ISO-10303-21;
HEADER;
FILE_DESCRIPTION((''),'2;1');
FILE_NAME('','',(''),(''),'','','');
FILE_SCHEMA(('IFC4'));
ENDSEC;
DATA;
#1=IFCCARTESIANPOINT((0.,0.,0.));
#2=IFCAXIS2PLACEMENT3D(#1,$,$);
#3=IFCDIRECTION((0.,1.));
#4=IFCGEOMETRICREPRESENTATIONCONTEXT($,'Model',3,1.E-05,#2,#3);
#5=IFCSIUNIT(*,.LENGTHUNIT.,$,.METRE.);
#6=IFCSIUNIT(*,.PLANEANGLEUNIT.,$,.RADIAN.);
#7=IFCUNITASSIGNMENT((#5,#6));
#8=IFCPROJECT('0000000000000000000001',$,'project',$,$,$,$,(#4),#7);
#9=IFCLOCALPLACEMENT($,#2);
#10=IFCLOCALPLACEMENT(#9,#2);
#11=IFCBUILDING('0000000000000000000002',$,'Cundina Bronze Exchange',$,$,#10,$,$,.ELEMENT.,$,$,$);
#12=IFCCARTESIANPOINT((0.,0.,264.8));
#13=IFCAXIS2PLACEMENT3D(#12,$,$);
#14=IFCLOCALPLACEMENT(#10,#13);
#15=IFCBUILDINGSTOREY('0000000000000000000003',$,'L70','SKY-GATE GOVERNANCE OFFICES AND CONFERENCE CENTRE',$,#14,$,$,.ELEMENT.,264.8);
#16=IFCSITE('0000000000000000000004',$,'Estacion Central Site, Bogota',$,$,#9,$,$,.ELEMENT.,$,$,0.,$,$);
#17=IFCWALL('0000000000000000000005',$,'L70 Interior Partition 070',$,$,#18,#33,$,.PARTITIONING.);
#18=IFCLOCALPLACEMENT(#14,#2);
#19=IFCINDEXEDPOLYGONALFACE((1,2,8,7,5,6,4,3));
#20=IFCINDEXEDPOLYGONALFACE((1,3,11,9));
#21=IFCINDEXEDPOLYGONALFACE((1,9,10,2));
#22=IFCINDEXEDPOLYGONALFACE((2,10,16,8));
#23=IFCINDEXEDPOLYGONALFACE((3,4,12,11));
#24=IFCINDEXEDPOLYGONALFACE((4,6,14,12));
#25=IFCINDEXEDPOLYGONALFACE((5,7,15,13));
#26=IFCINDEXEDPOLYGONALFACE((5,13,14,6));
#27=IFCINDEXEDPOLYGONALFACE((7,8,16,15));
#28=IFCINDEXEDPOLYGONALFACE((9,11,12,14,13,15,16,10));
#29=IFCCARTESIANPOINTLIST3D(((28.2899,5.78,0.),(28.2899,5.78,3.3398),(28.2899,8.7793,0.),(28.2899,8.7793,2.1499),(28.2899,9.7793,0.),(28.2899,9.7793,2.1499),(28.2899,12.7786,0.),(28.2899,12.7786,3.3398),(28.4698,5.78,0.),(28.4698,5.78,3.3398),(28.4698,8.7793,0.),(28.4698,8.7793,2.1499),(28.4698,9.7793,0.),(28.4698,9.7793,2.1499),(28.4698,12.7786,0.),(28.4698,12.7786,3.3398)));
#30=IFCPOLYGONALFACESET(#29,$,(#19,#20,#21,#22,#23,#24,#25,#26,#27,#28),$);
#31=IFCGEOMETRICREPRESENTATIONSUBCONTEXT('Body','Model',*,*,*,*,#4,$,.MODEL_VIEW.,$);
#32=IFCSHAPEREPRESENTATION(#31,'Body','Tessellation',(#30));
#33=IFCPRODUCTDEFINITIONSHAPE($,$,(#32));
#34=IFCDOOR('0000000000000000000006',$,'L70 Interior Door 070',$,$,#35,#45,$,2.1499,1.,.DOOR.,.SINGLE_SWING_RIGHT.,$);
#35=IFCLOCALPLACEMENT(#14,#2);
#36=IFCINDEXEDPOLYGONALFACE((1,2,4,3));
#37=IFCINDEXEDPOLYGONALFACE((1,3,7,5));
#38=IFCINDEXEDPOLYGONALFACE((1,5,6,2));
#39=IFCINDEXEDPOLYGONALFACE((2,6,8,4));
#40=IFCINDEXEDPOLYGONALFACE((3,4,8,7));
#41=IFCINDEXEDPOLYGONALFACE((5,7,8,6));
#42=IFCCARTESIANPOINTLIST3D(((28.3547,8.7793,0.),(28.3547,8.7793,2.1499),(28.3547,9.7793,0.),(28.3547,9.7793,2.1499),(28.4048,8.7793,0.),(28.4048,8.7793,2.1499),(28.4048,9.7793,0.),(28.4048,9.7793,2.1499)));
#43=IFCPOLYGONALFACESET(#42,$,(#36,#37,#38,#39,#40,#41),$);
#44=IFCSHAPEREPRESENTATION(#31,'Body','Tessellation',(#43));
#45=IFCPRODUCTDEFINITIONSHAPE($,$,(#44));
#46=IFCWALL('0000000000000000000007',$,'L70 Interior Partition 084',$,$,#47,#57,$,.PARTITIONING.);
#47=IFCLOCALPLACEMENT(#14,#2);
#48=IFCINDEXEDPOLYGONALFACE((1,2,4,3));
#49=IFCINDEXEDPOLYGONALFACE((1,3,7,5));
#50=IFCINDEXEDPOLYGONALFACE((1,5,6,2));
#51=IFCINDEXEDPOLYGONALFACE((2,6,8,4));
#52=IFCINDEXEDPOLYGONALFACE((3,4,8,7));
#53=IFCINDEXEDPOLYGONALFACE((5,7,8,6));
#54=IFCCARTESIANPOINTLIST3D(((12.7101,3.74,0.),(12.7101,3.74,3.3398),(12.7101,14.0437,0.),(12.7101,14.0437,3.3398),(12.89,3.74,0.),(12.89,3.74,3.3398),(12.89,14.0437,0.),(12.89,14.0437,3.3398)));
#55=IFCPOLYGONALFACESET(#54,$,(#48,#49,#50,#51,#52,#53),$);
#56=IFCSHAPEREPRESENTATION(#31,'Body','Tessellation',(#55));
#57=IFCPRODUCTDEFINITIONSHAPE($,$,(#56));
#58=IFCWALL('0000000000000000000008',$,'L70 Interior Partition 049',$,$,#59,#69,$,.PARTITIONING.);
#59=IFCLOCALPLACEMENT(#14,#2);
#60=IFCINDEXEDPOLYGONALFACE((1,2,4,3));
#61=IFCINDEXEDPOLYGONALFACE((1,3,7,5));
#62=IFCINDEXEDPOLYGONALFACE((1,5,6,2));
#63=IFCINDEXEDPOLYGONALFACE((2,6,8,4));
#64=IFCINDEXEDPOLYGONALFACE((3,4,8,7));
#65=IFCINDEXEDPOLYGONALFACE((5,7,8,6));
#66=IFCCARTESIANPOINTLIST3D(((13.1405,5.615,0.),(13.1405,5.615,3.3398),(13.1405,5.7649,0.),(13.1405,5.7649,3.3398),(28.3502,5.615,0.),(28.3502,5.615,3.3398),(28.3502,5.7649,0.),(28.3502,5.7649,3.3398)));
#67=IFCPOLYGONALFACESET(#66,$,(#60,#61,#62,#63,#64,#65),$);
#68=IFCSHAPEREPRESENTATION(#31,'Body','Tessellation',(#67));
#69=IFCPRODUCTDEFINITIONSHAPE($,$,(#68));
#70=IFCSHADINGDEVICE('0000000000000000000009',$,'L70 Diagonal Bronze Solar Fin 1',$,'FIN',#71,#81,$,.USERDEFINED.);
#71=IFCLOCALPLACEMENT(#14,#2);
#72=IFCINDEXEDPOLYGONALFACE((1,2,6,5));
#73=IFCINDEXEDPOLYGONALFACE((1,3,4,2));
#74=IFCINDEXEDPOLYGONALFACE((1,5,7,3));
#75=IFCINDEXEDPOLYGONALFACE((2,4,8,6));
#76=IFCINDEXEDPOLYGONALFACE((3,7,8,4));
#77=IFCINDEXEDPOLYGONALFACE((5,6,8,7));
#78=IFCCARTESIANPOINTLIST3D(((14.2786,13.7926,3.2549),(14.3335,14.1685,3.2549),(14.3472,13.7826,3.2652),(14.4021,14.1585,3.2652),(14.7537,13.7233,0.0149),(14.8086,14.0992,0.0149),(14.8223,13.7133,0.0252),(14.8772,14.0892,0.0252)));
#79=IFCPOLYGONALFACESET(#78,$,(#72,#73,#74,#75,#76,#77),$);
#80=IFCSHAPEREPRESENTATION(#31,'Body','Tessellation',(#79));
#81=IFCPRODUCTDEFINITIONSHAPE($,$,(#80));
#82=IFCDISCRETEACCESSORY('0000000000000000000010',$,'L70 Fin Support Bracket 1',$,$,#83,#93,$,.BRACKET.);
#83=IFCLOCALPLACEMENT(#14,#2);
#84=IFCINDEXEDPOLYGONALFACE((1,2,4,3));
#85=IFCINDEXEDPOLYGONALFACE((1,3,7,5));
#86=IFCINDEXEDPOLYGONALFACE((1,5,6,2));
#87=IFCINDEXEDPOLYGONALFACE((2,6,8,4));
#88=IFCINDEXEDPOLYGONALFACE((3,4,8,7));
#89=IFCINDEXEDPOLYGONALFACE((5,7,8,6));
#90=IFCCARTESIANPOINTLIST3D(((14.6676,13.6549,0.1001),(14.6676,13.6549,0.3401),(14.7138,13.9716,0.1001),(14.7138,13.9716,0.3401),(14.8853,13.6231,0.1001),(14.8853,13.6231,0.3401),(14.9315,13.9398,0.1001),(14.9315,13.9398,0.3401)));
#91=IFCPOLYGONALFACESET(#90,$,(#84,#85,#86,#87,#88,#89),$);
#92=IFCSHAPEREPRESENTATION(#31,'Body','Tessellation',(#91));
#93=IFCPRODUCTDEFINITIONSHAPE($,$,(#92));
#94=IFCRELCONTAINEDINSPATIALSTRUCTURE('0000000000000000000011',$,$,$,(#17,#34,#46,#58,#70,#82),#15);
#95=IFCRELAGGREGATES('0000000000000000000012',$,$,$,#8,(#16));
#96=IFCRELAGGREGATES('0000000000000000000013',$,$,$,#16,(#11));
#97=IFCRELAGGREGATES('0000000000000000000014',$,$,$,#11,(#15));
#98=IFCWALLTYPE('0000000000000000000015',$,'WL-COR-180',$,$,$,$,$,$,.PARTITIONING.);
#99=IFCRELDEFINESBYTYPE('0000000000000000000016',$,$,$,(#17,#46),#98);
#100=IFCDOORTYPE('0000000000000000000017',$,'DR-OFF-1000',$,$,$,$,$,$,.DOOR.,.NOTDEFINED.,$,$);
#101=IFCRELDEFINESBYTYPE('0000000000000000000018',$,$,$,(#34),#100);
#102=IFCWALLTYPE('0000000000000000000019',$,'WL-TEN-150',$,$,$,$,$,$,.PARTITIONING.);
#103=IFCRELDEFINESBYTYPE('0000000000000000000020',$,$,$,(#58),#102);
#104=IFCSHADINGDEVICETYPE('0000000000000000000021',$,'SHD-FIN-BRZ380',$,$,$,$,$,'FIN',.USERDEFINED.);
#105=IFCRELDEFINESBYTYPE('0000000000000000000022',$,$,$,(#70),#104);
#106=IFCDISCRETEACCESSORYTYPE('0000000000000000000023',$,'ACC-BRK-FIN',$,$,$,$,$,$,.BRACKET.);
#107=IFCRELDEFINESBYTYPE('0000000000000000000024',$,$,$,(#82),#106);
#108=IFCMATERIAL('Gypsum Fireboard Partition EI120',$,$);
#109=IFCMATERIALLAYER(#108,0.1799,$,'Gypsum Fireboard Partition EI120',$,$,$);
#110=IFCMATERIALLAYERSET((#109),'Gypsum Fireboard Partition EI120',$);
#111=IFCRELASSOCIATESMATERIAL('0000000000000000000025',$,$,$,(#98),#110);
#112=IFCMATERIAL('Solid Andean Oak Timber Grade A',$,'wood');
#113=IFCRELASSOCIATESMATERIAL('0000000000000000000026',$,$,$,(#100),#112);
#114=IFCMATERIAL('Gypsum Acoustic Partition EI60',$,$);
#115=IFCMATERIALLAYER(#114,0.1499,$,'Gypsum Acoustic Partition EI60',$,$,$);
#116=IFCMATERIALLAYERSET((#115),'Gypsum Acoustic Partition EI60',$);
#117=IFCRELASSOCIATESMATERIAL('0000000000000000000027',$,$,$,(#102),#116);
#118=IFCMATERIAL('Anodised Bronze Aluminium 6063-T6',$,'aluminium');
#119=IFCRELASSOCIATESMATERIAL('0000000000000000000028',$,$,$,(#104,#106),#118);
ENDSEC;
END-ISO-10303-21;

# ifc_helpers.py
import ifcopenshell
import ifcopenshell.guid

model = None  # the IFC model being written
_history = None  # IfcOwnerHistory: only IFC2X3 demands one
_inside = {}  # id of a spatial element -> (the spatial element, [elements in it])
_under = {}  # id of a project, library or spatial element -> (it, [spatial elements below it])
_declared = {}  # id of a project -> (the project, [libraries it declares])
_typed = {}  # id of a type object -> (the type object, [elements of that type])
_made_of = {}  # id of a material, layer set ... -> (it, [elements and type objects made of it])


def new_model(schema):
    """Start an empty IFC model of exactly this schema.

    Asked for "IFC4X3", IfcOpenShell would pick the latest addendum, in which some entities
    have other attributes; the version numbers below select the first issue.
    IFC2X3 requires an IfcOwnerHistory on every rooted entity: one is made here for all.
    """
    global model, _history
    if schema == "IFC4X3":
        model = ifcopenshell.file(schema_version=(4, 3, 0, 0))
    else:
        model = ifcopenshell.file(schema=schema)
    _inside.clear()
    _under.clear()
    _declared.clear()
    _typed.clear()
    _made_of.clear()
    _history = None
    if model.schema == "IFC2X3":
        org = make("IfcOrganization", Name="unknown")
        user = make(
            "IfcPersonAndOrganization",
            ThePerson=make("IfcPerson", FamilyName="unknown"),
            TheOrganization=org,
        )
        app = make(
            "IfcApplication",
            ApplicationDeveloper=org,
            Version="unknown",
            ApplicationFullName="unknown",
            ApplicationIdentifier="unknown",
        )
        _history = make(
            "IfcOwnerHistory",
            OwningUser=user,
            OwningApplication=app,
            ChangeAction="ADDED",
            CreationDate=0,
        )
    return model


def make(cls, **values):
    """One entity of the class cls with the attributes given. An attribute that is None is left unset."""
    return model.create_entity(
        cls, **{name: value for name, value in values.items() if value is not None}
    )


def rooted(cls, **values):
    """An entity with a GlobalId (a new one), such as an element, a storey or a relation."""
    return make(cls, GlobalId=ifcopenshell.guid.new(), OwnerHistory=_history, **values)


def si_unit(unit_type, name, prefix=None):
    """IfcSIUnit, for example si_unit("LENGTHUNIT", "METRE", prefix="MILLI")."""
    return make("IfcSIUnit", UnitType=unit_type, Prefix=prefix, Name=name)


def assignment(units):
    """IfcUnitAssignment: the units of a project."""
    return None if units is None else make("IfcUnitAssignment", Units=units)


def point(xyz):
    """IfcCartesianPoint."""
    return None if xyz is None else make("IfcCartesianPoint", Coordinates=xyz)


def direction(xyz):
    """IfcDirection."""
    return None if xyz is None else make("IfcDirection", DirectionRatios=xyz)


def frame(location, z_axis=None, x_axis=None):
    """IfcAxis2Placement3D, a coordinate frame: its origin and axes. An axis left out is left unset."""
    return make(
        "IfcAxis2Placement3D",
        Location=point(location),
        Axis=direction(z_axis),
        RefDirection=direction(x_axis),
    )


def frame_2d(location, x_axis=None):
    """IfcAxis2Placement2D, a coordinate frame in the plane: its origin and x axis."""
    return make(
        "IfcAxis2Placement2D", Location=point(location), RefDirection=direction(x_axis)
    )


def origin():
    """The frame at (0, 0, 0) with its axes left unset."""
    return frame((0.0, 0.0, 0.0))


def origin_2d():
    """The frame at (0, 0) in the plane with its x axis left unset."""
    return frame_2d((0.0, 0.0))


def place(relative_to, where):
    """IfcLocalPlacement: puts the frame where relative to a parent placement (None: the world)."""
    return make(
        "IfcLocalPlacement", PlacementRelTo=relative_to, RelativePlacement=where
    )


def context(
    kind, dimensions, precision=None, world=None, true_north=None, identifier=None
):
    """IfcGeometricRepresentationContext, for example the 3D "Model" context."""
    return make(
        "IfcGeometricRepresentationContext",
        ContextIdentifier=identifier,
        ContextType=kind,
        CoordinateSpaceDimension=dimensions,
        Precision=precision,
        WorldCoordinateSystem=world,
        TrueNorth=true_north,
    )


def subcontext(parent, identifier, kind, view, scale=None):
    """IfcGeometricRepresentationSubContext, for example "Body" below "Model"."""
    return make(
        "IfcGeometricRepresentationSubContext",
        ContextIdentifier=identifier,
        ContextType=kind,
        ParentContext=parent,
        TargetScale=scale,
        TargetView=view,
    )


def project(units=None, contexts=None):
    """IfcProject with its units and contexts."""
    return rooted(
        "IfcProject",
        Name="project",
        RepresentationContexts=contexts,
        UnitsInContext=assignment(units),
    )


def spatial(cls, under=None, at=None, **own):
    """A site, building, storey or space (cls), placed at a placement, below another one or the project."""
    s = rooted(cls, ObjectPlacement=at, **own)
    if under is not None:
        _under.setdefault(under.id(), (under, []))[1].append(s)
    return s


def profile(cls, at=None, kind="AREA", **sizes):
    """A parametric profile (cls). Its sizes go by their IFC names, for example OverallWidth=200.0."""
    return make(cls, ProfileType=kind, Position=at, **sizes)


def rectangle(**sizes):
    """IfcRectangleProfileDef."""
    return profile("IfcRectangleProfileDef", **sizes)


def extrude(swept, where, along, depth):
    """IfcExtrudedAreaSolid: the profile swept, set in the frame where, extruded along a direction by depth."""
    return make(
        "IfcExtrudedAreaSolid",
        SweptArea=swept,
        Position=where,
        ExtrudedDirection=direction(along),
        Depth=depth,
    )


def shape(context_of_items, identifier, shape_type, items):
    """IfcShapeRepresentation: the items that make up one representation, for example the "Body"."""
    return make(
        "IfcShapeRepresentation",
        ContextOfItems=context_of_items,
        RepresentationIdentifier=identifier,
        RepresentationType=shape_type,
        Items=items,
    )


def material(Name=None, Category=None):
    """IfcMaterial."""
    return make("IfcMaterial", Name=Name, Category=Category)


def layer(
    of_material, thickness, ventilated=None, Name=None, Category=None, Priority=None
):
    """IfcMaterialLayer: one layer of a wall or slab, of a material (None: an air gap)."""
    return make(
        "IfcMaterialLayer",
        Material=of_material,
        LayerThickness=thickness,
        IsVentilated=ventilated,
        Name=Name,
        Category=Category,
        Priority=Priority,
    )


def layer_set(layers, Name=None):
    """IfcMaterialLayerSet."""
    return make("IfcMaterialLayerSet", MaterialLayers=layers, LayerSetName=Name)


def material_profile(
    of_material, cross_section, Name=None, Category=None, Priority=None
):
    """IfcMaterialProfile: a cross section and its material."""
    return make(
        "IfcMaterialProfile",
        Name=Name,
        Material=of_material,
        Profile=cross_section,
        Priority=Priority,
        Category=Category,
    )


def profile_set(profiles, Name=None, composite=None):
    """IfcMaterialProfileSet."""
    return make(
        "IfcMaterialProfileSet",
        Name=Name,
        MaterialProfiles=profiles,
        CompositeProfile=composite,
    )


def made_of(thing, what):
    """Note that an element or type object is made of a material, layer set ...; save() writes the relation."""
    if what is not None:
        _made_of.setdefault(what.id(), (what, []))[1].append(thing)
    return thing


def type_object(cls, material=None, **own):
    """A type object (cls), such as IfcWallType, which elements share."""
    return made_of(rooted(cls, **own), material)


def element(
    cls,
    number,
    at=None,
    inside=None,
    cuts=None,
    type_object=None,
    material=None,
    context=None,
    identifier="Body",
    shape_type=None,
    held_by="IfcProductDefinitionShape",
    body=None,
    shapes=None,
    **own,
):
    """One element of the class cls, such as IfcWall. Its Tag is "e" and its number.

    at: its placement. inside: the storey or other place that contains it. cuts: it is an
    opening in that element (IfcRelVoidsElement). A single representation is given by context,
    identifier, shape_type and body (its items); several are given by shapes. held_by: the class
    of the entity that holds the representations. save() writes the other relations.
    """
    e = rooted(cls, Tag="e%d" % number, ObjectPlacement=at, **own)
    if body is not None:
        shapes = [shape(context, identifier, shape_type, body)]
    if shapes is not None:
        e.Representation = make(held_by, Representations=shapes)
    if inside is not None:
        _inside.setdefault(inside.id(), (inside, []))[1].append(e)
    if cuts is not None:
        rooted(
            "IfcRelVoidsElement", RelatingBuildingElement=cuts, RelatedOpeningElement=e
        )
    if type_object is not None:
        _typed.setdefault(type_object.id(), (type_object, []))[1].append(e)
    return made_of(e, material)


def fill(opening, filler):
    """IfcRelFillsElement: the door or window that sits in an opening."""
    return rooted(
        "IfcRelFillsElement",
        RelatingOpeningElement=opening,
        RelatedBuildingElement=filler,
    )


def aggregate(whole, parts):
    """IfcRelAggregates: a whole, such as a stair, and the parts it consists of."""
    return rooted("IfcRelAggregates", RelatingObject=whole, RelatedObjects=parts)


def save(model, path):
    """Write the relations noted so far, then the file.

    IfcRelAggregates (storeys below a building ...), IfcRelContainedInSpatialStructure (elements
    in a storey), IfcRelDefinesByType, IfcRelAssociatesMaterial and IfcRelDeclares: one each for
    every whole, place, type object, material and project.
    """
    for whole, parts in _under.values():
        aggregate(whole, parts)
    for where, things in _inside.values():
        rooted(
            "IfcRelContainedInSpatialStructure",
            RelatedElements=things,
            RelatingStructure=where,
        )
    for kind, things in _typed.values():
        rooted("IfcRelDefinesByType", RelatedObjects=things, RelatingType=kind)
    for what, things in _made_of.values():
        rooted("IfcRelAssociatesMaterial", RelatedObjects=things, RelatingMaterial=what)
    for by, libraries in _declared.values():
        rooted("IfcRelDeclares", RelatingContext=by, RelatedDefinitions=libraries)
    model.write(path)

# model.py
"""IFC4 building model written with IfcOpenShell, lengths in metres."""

from ifc_helpers import new_model, si_unit, direction, frame, frame_2d, origin, origin_2d, place, context, subcontext, project, spatial, rectangle, extrude, material, layer, layer_set, material_profile, profile_set, type_object, element, fill, save


model = new_model("IFC4")

# Units and contexts
model_context = context("Model", 3, precision=1e-05, world=origin(), true_north=direction((0.0, 1.0)))
body_context = subcontext(model_context, "Body", "Model", "MODEL_VIEW")
ifc_project = project(units=[si_unit("LENGTHUNIT", "METRE"), si_unit("PLANEANGLEUNIT", "RADIAN")], contexts=[model_context])

# Site, building, storey
site_placement = place(None, origin())
site = spatial("IfcSite", under=ifc_project, at=site_placement, Name="Estacion Central Site, Bogota", CompositionType="ELEMENT", RefElevation=0.0)
building_placement = place(site_placement, origin())
building = spatial("IfcBuilding", under=site, at=building_placement, Name="Cundina Bronze Exchange", CompositionType="ELEMENT")
storey_placement = place(building_placement, frame((0.0, 0.0, 264.8)))
storey = spatial("IfcBuildingStorey", under=building, at=storey_placement, Name="L70", Description="SKY-GATE GOVERNANCE OFFICES AND CONFERENCE CENTRE", CompositionType="ELEMENT", Elevation=264.8)

# Shared definitions
ifc_material_1 = material(Name="Anodised Bronze Aluminium 6063-T6", Category="aluminium")

# Shared definitions
ifc_material_2 = material(Name="Gypsum Fireboard Partition EI120")
ifc_layer_1 = layer(ifc_material_2, 0.1799, Name="Gypsum Fireboard Partition EI120")
ifc_layer_set_1 = layer_set([ifc_layer_1], Name="Gypsum Fireboard Partition EI120")
wall_type_1 = type_object("IfcWallType", Name="WL-COR-180", PredefinedType="PARTITIONING", material=ifc_layer_set_1)

# Wall, opening, door
wall_1_placement = place(storey_placement, frame((28.3799, 12.7786, 0.0), z_axis=(0.0, 0.0, 1.0), x_axis=(0.0, -1.0, 0.0)))
wall_1 = element("IfcWall", 1, at=wall_1_placement, inside=storey, type_object=wall_type_1, Name="L70 Interior Partition 070", PredefinedType="PARTITIONING", context=body_context, shape_type="SweptSolid", body=[
    extrude(rectangle(XDim=6.9985, YDim=0.1799, at=frame_2d((3.4993, 0.0))), origin(), (0.0, 0.0, 1.0), 3.3398),
])
opening_placement = place(wall_1_placement, frame((2.9993, 0.0, 0.0)))
opening = element("IfcOpeningElement", 2, at=opening_placement, cuts=wall_1, PredefinedType="OPENING", context=body_context, shape_type="SweptSolid", body=[
    extrude(rectangle(XDim=1.0, YDim=2.1499, at=frame_2d((0.5, 1.075))), frame((0.0, 0.0999, 0.0), z_axis=(0.0, -1.0, 0.0), x_axis=(1.0, 0.0, 0.0)), (0.0, 0.0, 1.0), 0.2),
])
ifc_material_3 = material(Name="Solid Andean Oak Timber Grade A", Category="wood")
door_type = type_object("IfcDoorType", Name="DR-OFF-1000", OperationType="NOTDEFINED", PredefinedType="DOOR", material=ifc_material_3)
door_placement = place(opening_placement, origin())
door = element("IfcDoor", 3, at=door_placement, inside=storey, type_object=door_type, Name="L70 Interior Door 070", OperationType="SINGLE_SWING_RIGHT", OverallHeight=2.1499, OverallWidth=1.0, PredefinedType="DOOR", context=body_context, shape_type="SweptSolid", body=[
    extrude(rectangle(XDim=1.0, YDim=2.1499, at=frame_2d((0.5, 1.075))), frame((0.0, 0.0249, 0.0), z_axis=(0.0, -1.0, 0.0), x_axis=(1.0, 0.0, 0.0)), (0.0, 0.0, 1.0), 0.05),
])
fill(opening, door)

# Walls
wall_2_placement = place(storey_placement, frame((12.8, 3.74, 0.0), z_axis=(0.0, 0.0, 1.0), x_axis=(0.0, 1.0, 0.0)))
element("IfcWall", 4, at=wall_2_placement, inside=storey, type_object=wall_type_1, Name="L70 Interior Partition 084", PredefinedType="PARTITIONING", context=body_context, shape_type="SweptSolid", body=[
    extrude(rectangle(XDim=10.3037, YDim=0.1799, at=frame_2d((5.1519, 0.0))), origin(), (0.0, 0.0, 1.0), 3.3398),
])
ifc_material_4 = material(Name="Gypsum Acoustic Partition EI60")
ifc_layer_2 = layer(ifc_material_4, 0.1499, Name="Gypsum Acoustic Partition EI60")
ifc_layer_set_2 = layer_set([ifc_layer_2], Name="Gypsum Acoustic Partition EI60")
wall_type_2 = type_object("IfcWallType", Name="WL-TEN-150", PredefinedType="PARTITIONING", material=ifc_layer_set_2)
wall_3_placement = place(storey_placement, frame((13.1404, 5.6899, 0.0), z_axis=(0.0, 0.0, 1.0), x_axis=(1.0, 0.0, 0.0)))
element("IfcWall", 5, at=wall_3_placement, inside=storey, type_object=wall_type_2, Name="L70 Interior Partition 049", PredefinedType="PARTITIONING", context=body_context, shape_type="SweptSolid", body=[
    extrude(rectangle(XDim=15.2097, YDim=0.1499, at=frame_2d((7.605, 0.0))), origin(), (0.0, 0.0, 1.0), 3.3398),
])

# Shading device
ifc_material_profile_1 = material_profile(ifc_material_1, rectangle(XDim=0.0701, YDim=0.3799, at=origin_2d()), Name="FIN70X380", Category="aluminium")
ifc_profile_set_1 = profile_set([ifc_material_profile_1], Name="Anodised Bronze Aluminium 6063-T6")
shading_device_type = type_object("IfcShadingDeviceType", Name="SHD-FIN-BRZ380", ElementType="FIN", PredefinedType="USERDEFINED", material=ifc_profile_set_1)
shading_device_placement = place(storey_placement, frame((14.8154, 13.9062, 0.02), z_axis=(-0.145052, 0.021169, 0.989198), x_axis=(0.978829, -0.142851, 0.146588)))
element("IfcShadingDevice", 6, at=shading_device_placement, inside=storey, type_object=shading_device_type, Name="L70 Diagonal Bronze Solar Fin 1", ObjectType="FIN", PredefinedType="USERDEFINED", context=body_context, shape_type="SweptSolid", body=[
    extrude(rectangle(XDim=0.0701, YDim=0.3799, at=origin_2d()), origin(), (0.0, 0.0, 1.0), 3.2754),
])

# Discrete accessory
discrete_accessory_type = type_object("IfcDiscreteAccessoryType", Name="ACC-BRK-FIN", PredefinedType="BRACKET", material=ifc_material_1)
discrete_accessory_placement = place(storey_placement, frame((14.7996, 13.7974, 0.1001), z_axis=(0.0, 0.0, 1.0), x_axis=(-0.989528, 0.144339, 0.0)))
element("IfcDiscreteAccessory", 7, at=discrete_accessory_placement, inside=storey, type_object=discrete_accessory_type, Name="L70 Fin Support Bracket 1", PredefinedType="BRACKET", context=body_context, shape_type="SweptSolid", body=[
    extrude(rectangle(XDim=0.22, YDim=0.3201, at=origin_2d()), origin(), (0.0, 0.0, 1.0), 0.24),
])

save(model, "model.ifc")
